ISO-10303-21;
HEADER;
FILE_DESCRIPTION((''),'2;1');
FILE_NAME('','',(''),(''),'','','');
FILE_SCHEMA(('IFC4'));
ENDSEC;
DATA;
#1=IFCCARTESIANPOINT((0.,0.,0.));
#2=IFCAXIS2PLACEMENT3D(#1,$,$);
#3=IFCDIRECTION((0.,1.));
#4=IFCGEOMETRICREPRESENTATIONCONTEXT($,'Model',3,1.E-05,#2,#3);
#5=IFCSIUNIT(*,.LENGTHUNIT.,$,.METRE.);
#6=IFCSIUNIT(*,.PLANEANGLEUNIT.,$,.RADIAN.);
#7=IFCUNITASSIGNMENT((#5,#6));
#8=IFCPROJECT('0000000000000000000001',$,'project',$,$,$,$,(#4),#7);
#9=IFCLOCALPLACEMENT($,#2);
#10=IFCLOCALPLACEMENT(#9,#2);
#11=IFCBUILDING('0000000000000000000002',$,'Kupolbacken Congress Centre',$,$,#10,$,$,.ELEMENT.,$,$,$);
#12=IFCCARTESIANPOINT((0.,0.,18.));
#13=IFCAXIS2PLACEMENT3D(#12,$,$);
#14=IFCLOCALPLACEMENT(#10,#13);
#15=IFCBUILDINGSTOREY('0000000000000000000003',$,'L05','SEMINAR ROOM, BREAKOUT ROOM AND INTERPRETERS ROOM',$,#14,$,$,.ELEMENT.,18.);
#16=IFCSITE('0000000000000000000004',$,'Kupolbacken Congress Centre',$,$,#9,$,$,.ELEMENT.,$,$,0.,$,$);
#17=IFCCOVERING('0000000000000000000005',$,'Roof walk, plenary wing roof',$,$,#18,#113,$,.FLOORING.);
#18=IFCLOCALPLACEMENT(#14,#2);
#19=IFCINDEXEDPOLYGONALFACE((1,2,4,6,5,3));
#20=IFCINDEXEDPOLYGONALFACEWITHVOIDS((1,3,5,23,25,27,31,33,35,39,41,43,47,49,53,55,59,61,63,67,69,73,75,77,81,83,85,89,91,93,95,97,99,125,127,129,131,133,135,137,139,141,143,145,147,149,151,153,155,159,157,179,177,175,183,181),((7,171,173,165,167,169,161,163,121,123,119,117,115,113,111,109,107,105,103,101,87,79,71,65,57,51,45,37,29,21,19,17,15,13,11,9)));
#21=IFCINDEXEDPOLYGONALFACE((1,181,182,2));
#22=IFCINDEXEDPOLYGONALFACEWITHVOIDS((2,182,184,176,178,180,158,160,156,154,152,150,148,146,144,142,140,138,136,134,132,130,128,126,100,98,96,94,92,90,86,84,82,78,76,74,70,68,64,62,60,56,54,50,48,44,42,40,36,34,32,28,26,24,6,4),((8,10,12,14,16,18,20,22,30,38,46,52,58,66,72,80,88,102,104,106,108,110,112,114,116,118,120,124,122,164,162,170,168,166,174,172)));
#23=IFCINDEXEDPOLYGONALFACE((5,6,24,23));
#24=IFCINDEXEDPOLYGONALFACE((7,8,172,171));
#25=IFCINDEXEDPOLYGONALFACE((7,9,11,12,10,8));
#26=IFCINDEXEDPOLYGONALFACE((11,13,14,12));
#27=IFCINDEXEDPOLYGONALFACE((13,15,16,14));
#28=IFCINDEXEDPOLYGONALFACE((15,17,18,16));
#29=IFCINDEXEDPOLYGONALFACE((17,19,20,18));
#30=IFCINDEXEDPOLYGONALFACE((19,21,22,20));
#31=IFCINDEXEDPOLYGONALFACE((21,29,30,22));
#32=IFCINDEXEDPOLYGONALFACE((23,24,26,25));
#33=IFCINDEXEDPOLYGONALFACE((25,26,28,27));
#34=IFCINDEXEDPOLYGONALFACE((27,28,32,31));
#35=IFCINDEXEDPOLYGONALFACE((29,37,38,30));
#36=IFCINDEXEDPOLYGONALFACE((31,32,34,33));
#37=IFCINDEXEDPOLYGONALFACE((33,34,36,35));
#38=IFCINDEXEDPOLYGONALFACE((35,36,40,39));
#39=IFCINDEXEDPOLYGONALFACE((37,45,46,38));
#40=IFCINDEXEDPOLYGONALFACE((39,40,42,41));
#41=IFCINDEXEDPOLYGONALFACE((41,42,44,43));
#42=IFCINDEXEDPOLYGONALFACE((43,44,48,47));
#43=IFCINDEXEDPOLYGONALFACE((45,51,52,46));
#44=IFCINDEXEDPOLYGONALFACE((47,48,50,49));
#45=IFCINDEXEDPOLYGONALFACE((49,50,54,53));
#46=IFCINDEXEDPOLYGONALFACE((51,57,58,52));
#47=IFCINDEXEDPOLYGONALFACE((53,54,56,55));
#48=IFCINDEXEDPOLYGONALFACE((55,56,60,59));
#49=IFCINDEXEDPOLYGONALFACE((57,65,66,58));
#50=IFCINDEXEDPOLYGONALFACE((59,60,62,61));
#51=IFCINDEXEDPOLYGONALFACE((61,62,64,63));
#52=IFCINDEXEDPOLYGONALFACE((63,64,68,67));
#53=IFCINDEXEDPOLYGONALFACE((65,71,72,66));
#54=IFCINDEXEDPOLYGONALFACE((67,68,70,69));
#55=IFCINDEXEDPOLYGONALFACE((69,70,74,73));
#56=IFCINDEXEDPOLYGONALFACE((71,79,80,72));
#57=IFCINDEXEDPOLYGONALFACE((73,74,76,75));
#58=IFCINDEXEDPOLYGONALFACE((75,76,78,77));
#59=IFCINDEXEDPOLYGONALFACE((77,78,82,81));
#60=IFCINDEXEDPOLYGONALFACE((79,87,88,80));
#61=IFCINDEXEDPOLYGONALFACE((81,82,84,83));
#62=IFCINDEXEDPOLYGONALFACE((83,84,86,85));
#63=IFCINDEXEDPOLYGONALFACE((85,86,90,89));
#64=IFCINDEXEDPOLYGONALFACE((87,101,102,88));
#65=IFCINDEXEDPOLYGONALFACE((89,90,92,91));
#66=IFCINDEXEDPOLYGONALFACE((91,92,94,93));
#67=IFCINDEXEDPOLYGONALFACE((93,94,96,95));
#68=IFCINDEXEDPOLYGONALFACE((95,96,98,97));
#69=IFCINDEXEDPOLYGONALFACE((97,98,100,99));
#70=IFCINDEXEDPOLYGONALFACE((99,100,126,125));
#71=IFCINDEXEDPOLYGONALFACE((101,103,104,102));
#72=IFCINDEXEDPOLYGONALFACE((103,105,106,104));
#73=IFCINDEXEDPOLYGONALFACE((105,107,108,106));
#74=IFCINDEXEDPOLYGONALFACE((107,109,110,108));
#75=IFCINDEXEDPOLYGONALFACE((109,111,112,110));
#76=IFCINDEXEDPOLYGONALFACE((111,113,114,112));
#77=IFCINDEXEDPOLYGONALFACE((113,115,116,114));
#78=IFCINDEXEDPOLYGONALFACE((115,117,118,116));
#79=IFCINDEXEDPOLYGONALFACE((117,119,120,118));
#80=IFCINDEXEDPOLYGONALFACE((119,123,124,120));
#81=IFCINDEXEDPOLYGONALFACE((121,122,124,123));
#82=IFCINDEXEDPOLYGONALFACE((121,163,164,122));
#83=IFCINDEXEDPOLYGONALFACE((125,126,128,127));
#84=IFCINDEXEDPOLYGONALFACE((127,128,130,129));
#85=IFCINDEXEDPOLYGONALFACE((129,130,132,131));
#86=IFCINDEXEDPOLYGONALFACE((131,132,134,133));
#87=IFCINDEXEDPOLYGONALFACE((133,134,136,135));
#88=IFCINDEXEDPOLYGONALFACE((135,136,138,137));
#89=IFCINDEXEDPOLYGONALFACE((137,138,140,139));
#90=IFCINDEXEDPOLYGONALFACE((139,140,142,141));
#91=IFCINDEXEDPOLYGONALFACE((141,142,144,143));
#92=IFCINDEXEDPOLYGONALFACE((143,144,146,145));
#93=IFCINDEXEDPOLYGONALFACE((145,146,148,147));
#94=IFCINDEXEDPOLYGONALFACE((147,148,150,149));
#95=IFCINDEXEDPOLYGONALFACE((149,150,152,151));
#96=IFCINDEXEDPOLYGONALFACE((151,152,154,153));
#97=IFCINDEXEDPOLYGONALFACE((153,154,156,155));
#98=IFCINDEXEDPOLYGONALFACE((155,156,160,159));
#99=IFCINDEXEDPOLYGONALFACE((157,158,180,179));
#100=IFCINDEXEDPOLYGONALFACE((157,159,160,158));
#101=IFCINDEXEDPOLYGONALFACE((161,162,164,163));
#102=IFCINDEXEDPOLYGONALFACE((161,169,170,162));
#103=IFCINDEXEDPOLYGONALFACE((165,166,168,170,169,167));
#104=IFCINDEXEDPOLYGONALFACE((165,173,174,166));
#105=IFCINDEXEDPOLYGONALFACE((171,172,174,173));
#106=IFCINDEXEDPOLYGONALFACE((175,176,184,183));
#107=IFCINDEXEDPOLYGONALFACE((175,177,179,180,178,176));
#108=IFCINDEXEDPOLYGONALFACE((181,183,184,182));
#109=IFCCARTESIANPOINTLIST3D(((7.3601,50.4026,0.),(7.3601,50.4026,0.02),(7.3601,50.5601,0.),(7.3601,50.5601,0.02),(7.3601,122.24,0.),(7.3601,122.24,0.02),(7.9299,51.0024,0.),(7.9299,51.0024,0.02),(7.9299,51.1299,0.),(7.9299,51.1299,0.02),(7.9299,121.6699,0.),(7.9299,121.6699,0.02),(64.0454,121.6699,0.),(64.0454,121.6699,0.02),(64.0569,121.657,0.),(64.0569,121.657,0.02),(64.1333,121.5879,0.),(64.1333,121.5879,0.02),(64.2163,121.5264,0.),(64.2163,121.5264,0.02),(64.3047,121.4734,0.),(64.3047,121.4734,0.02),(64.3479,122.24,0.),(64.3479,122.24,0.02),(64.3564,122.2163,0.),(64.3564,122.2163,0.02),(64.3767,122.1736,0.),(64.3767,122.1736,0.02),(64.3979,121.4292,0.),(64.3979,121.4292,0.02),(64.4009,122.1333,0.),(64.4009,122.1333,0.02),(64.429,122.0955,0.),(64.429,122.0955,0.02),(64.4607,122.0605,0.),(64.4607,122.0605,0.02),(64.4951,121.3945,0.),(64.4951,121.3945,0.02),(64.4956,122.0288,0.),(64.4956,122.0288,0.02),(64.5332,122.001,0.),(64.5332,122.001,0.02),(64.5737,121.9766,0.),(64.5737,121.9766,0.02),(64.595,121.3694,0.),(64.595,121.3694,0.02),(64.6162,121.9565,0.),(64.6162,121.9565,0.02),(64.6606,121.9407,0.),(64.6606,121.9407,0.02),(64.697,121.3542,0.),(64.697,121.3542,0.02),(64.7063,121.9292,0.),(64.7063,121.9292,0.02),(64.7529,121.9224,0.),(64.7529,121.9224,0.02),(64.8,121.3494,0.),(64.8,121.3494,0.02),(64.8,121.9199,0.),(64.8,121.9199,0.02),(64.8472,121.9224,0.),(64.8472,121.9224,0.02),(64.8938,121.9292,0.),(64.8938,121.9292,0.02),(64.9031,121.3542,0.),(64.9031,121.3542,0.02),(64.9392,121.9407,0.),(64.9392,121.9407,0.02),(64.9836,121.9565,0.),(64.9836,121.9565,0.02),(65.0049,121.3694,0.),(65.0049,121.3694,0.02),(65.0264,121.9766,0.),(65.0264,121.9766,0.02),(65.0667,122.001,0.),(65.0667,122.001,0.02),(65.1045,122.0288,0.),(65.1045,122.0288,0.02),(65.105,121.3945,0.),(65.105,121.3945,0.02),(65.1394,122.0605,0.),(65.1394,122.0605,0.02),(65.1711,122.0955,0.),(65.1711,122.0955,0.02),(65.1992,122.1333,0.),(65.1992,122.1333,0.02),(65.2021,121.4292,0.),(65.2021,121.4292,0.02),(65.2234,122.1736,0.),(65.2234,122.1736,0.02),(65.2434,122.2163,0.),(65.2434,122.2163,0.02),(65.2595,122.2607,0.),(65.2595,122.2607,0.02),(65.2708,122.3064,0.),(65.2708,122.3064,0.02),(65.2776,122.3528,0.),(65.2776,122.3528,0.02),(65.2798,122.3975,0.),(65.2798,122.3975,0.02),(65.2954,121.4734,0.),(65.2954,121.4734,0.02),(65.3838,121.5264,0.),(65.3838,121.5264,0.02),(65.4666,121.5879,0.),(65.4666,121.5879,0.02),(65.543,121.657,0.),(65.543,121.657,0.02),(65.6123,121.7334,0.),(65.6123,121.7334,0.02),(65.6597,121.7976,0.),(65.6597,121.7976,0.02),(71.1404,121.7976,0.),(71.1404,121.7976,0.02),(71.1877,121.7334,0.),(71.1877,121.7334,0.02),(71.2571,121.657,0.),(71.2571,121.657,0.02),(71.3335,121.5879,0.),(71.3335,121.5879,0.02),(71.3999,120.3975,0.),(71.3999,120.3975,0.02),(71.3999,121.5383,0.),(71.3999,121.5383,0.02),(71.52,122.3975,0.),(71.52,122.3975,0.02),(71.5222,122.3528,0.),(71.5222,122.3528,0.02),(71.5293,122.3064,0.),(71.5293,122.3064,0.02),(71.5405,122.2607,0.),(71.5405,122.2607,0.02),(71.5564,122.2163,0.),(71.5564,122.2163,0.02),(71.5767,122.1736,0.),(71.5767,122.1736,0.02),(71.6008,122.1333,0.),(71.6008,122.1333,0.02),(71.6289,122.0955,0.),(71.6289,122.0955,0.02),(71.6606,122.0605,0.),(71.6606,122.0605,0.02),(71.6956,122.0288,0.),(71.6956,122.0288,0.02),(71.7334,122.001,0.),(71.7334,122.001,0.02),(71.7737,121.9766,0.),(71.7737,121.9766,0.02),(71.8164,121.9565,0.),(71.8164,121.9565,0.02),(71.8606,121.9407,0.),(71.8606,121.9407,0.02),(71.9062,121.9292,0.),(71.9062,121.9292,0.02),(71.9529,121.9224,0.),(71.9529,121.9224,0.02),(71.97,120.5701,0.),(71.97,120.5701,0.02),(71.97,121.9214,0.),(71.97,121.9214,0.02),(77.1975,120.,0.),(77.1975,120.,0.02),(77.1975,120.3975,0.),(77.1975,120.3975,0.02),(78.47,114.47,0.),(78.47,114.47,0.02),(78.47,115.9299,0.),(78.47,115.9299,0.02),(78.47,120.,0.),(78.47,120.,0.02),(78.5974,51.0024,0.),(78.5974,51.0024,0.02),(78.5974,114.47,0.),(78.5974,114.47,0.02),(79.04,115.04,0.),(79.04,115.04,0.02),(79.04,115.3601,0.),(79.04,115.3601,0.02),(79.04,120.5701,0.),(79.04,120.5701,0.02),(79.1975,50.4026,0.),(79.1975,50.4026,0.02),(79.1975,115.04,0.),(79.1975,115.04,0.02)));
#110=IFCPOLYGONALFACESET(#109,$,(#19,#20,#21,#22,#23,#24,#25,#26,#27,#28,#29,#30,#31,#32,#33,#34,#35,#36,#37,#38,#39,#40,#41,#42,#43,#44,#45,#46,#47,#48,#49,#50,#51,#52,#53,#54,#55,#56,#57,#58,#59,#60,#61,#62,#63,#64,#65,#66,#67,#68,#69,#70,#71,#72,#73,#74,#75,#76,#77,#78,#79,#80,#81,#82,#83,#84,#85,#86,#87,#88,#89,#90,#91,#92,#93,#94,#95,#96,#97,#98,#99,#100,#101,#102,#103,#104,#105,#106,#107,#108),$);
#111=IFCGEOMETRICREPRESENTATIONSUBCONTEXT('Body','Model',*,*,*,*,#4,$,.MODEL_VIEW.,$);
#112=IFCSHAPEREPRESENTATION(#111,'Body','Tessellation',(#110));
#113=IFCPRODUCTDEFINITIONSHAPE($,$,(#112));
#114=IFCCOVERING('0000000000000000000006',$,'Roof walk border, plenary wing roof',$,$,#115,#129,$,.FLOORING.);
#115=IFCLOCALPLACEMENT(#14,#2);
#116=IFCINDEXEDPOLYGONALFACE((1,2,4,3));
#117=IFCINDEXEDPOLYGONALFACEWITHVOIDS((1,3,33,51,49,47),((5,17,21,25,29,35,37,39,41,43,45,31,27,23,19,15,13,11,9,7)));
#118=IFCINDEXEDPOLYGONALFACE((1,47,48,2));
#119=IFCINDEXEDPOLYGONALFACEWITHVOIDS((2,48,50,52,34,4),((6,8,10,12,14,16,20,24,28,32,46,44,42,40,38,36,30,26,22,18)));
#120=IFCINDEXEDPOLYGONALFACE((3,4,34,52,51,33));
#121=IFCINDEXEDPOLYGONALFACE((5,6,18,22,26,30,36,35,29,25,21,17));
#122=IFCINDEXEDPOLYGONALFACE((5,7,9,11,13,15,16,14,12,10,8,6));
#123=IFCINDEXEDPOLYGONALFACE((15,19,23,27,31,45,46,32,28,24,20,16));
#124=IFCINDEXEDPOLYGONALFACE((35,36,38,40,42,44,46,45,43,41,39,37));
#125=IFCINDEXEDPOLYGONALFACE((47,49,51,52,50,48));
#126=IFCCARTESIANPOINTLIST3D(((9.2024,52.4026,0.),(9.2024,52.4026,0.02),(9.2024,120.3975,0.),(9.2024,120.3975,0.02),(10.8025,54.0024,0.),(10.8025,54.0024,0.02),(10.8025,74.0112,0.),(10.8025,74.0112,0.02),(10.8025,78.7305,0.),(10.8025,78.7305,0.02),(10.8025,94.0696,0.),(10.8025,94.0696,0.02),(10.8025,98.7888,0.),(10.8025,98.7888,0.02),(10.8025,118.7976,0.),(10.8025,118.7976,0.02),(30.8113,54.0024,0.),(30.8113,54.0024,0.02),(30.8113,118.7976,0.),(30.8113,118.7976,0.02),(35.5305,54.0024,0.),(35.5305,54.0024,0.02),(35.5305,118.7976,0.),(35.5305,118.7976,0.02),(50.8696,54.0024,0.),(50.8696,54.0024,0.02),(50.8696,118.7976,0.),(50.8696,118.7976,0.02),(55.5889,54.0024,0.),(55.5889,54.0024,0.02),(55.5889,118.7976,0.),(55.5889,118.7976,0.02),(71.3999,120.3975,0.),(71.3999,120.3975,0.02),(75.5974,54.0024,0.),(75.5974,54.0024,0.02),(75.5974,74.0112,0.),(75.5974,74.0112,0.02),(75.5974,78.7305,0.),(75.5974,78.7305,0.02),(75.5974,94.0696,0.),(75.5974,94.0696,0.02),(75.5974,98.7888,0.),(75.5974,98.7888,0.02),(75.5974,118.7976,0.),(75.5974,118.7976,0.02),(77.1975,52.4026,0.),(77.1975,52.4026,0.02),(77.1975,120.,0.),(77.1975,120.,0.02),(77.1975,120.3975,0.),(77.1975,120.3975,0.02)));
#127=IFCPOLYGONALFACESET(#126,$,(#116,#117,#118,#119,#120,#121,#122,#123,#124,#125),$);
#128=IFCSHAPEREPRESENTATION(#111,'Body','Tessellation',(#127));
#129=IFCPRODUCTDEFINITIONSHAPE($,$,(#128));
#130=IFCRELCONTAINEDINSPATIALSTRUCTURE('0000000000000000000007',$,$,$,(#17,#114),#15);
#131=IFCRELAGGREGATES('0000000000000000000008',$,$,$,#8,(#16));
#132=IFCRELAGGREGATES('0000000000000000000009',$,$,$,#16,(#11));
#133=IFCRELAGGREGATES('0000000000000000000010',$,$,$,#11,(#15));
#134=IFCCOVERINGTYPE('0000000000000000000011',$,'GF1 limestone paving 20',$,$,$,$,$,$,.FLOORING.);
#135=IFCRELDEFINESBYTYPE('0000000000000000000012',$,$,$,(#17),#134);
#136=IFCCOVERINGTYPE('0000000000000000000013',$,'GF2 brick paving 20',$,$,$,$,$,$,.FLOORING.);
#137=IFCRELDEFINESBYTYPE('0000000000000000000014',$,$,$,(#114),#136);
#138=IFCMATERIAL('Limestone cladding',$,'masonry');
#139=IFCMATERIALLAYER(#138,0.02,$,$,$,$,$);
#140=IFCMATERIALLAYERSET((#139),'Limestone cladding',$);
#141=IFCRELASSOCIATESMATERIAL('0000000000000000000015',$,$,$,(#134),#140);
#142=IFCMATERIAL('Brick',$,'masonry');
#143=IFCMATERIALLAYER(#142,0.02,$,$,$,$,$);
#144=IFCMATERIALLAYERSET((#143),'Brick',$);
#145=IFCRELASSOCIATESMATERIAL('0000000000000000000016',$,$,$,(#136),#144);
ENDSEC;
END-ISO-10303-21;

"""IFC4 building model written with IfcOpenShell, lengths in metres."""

from ifc_helpers import new_model, si_unit, direction, frame, origin, place, context, subcontext, project, spatial, polyline, outline, extrude, material, layer, layer_set, type_object, element, save


model = new_model("IFC4")

# Units and contexts
model_context = context("Model", 3, precision=1e-05, world=origin(), true_north=direction((0.0, 1.0)))
body_context = subcontext(model_context, "Body", "Model", "MODEL_VIEW")
ifc_project = project(units=[si_unit("LENGTHUNIT", "METRE"), si_unit("PLANEANGLEUNIT", "RADIAN")], contexts=[model_context])

# Site, building, storey
site_placement = place(None, origin())
site = spatial("IfcSite", under=ifc_project, at=site_placement, Name="Kupolbacken Congress Centre", CompositionType="ELEMENT", RefElevation=0.0)
building_placement = place(site_placement, origin())
building = spatial("IfcBuilding", under=site, at=building_placement, Name="Kupolbacken Congress Centre", CompositionType="ELEMENT")
storey_placement = place(building_placement, frame((0.0, 0.0, 18.0)))
storey = spatial("IfcBuildingStorey", under=building, at=storey_placement, Name="L05", Description="SEMINAR ROOM, BREAKOUT ROOM AND INTERPRETERS ROOM", CompositionType="ELEMENT", Elevation=18.0)

# Coverings
ifc_material_1 = material(Name="Limestone cladding", Category="masonry")
ifc_layer_1 = layer(ifc_material_1, 0.02)
ifc_layer_set_1 = layer_set([ifc_layer_1], Name="Limestone cladding")
covering_type_1 = type_object("IfcCoveringType", Name="GF1 limestone paving 20", PredefinedType="FLOORING", material=ifc_layer_set_1)
covering_1_placement = place(storey_placement, origin())
element("IfcCovering", 1, at=covering_1_placement, inside=storey, type_object=covering_type_1, Name="Roof walk, plenary wing roof", PredefinedType="FLOORING", context=body_context, shape_type="SweptSolid", body=[
    extrude(outline(polyline([(71.5293, 122.3064), (71.5405, 122.2607), (71.5564, 122.2163), (71.5767, 122.1736), (71.6008, 122.1333), (71.6289, 122.0955), (71.6606, 122.0605), (71.6956, 122.0288), (71.7334, 122.001), (71.7737, 121.9766), (71.8164, 121.9565), (71.8606, 121.9407), (71.9062, 121.9292), (71.9529, 121.9224), (71.97, 121.9214), (71.97, 120.5701), (79.04, 120.5701), (79.04, 115.3601), (79.04, 115.3601), (79.04, 115.04), (79.04, 115.04), (79.04, 115.04), (79.1975, 115.04), (79.1975, 50.4026), (7.3601, 50.4026), (7.3601, 50.5601), (7.3601, 122.24), (64.3479, 122.24), (64.3564, 122.2163), (64.3767, 122.1736), (64.4009, 122.1333), (64.429, 122.0955), (64.4607, 122.0605), (64.4956, 122.0288), (64.5332, 122.001), (64.5737, 121.9766), (64.6162, 121.9565), (64.6606, 121.9407), (64.7063, 121.9292), (64.7529, 121.9224), (64.8, 121.9199), (64.8472, 121.9224), (64.8938, 121.9292), (64.9392, 121.9407), (64.9836, 121.9565), (65.0264, 121.9766), (65.0667, 122.001), (65.1045, 122.0288), (65.1394, 122.0605), (65.1711, 122.0955), (65.1992, 122.1333), (65.2234, 122.1736), (65.2434, 122.2163), (65.2595, 122.2607), (65.2708, 122.3064), (65.2776, 122.3528), (65.2798, 122.3975), (71.52, 122.3975), (71.5222, 122.3528), (71.5293, 122.3064)]), holes=[polyline([(71.2571, 121.657), (71.1877, 121.7334), (71.1404, 121.7976), (65.6597, 121.7976), (65.6123, 121.7334), (65.543, 121.657), (65.4666, 121.5879), (65.3838, 121.5264), (65.2954, 121.4734), (65.2021, 121.4292), (65.105, 121.3945), (65.0049, 121.3694), (64.9031, 121.3542), (64.8, 121.3494), (64.697, 121.3542), (64.595, 121.3694), (64.4951, 121.3945), (64.3979, 121.4292), (64.3047, 121.4734), (64.2163, 121.5264), (64.1333, 121.5879), (64.0569, 121.657), (64.0454, 121.6699), (7.9299, 121.6699), (7.9299, 51.1299), (7.9299, 51.0024), (78.5974, 51.0024), (78.5974, 114.47), (78.47, 114.47), (78.47, 114.47), (78.47, 114.47), (78.47, 115.9299), (78.47, 115.9299), (78.47, 120.0), (77.1975, 120.0), (77.1975, 120.3975), (71.3999, 120.3975), (71.3999, 121.5383), (71.3335, 121.5879), (71.2571, 121.657)])]), origin(), (0.0, 0.0, 1.0), 0.02),
])
ifc_material_2 = material(Name="Brick", Category="masonry")
ifc_layer_2 = layer(ifc_material_2, 0.02)
ifc_layer_set_2 = layer_set([ifc_layer_2], Name="Brick")
covering_type_2 = type_object("IfcCoveringType", Name="GF2 brick paving 20", PredefinedType="FLOORING", material=ifc_layer_set_2)
covering_2_placement = place(storey_placement, origin())
element("IfcCovering", 2, at=covering_2_placement, inside=storey, type_object=covering_type_2, Name="Roof walk border, plenary wing roof", PredefinedType="FLOORING", context=body_context, shape_type="SweptSolid", body=[
    extrude(outline(polyline([(9.2024, 52.4026), (9.2024, 120.3975), (71.3999, 120.3975), (77.1975, 120.3975), (77.1975, 120.0), (77.1975, 52.4026), (9.2024, 52.4026)]), holes=[polyline([(10.8025, 98.7888), (10.8025, 94.0696), (10.8025, 78.7305), (10.8025, 74.0112), (10.8025, 54.0024), (30.8113, 54.0024), (35.5305, 54.0024), (50.8696, 54.0024), (55.5889, 54.0024), (75.5974, 54.0024), (75.5974, 74.0112), (75.5974, 78.7305), (75.5974, 94.0696), (75.5974, 98.7888), (75.5974, 118.7976), (55.5889, 118.7976), (50.8696, 118.7976), (35.5305, 118.7976), (30.8113, 118.7976), (10.8025, 118.7976), (10.8025, 98.7888)])]), origin(), (0.0, 0.0, 1.0), 0.02),
])

save(model, "model.ifc")
